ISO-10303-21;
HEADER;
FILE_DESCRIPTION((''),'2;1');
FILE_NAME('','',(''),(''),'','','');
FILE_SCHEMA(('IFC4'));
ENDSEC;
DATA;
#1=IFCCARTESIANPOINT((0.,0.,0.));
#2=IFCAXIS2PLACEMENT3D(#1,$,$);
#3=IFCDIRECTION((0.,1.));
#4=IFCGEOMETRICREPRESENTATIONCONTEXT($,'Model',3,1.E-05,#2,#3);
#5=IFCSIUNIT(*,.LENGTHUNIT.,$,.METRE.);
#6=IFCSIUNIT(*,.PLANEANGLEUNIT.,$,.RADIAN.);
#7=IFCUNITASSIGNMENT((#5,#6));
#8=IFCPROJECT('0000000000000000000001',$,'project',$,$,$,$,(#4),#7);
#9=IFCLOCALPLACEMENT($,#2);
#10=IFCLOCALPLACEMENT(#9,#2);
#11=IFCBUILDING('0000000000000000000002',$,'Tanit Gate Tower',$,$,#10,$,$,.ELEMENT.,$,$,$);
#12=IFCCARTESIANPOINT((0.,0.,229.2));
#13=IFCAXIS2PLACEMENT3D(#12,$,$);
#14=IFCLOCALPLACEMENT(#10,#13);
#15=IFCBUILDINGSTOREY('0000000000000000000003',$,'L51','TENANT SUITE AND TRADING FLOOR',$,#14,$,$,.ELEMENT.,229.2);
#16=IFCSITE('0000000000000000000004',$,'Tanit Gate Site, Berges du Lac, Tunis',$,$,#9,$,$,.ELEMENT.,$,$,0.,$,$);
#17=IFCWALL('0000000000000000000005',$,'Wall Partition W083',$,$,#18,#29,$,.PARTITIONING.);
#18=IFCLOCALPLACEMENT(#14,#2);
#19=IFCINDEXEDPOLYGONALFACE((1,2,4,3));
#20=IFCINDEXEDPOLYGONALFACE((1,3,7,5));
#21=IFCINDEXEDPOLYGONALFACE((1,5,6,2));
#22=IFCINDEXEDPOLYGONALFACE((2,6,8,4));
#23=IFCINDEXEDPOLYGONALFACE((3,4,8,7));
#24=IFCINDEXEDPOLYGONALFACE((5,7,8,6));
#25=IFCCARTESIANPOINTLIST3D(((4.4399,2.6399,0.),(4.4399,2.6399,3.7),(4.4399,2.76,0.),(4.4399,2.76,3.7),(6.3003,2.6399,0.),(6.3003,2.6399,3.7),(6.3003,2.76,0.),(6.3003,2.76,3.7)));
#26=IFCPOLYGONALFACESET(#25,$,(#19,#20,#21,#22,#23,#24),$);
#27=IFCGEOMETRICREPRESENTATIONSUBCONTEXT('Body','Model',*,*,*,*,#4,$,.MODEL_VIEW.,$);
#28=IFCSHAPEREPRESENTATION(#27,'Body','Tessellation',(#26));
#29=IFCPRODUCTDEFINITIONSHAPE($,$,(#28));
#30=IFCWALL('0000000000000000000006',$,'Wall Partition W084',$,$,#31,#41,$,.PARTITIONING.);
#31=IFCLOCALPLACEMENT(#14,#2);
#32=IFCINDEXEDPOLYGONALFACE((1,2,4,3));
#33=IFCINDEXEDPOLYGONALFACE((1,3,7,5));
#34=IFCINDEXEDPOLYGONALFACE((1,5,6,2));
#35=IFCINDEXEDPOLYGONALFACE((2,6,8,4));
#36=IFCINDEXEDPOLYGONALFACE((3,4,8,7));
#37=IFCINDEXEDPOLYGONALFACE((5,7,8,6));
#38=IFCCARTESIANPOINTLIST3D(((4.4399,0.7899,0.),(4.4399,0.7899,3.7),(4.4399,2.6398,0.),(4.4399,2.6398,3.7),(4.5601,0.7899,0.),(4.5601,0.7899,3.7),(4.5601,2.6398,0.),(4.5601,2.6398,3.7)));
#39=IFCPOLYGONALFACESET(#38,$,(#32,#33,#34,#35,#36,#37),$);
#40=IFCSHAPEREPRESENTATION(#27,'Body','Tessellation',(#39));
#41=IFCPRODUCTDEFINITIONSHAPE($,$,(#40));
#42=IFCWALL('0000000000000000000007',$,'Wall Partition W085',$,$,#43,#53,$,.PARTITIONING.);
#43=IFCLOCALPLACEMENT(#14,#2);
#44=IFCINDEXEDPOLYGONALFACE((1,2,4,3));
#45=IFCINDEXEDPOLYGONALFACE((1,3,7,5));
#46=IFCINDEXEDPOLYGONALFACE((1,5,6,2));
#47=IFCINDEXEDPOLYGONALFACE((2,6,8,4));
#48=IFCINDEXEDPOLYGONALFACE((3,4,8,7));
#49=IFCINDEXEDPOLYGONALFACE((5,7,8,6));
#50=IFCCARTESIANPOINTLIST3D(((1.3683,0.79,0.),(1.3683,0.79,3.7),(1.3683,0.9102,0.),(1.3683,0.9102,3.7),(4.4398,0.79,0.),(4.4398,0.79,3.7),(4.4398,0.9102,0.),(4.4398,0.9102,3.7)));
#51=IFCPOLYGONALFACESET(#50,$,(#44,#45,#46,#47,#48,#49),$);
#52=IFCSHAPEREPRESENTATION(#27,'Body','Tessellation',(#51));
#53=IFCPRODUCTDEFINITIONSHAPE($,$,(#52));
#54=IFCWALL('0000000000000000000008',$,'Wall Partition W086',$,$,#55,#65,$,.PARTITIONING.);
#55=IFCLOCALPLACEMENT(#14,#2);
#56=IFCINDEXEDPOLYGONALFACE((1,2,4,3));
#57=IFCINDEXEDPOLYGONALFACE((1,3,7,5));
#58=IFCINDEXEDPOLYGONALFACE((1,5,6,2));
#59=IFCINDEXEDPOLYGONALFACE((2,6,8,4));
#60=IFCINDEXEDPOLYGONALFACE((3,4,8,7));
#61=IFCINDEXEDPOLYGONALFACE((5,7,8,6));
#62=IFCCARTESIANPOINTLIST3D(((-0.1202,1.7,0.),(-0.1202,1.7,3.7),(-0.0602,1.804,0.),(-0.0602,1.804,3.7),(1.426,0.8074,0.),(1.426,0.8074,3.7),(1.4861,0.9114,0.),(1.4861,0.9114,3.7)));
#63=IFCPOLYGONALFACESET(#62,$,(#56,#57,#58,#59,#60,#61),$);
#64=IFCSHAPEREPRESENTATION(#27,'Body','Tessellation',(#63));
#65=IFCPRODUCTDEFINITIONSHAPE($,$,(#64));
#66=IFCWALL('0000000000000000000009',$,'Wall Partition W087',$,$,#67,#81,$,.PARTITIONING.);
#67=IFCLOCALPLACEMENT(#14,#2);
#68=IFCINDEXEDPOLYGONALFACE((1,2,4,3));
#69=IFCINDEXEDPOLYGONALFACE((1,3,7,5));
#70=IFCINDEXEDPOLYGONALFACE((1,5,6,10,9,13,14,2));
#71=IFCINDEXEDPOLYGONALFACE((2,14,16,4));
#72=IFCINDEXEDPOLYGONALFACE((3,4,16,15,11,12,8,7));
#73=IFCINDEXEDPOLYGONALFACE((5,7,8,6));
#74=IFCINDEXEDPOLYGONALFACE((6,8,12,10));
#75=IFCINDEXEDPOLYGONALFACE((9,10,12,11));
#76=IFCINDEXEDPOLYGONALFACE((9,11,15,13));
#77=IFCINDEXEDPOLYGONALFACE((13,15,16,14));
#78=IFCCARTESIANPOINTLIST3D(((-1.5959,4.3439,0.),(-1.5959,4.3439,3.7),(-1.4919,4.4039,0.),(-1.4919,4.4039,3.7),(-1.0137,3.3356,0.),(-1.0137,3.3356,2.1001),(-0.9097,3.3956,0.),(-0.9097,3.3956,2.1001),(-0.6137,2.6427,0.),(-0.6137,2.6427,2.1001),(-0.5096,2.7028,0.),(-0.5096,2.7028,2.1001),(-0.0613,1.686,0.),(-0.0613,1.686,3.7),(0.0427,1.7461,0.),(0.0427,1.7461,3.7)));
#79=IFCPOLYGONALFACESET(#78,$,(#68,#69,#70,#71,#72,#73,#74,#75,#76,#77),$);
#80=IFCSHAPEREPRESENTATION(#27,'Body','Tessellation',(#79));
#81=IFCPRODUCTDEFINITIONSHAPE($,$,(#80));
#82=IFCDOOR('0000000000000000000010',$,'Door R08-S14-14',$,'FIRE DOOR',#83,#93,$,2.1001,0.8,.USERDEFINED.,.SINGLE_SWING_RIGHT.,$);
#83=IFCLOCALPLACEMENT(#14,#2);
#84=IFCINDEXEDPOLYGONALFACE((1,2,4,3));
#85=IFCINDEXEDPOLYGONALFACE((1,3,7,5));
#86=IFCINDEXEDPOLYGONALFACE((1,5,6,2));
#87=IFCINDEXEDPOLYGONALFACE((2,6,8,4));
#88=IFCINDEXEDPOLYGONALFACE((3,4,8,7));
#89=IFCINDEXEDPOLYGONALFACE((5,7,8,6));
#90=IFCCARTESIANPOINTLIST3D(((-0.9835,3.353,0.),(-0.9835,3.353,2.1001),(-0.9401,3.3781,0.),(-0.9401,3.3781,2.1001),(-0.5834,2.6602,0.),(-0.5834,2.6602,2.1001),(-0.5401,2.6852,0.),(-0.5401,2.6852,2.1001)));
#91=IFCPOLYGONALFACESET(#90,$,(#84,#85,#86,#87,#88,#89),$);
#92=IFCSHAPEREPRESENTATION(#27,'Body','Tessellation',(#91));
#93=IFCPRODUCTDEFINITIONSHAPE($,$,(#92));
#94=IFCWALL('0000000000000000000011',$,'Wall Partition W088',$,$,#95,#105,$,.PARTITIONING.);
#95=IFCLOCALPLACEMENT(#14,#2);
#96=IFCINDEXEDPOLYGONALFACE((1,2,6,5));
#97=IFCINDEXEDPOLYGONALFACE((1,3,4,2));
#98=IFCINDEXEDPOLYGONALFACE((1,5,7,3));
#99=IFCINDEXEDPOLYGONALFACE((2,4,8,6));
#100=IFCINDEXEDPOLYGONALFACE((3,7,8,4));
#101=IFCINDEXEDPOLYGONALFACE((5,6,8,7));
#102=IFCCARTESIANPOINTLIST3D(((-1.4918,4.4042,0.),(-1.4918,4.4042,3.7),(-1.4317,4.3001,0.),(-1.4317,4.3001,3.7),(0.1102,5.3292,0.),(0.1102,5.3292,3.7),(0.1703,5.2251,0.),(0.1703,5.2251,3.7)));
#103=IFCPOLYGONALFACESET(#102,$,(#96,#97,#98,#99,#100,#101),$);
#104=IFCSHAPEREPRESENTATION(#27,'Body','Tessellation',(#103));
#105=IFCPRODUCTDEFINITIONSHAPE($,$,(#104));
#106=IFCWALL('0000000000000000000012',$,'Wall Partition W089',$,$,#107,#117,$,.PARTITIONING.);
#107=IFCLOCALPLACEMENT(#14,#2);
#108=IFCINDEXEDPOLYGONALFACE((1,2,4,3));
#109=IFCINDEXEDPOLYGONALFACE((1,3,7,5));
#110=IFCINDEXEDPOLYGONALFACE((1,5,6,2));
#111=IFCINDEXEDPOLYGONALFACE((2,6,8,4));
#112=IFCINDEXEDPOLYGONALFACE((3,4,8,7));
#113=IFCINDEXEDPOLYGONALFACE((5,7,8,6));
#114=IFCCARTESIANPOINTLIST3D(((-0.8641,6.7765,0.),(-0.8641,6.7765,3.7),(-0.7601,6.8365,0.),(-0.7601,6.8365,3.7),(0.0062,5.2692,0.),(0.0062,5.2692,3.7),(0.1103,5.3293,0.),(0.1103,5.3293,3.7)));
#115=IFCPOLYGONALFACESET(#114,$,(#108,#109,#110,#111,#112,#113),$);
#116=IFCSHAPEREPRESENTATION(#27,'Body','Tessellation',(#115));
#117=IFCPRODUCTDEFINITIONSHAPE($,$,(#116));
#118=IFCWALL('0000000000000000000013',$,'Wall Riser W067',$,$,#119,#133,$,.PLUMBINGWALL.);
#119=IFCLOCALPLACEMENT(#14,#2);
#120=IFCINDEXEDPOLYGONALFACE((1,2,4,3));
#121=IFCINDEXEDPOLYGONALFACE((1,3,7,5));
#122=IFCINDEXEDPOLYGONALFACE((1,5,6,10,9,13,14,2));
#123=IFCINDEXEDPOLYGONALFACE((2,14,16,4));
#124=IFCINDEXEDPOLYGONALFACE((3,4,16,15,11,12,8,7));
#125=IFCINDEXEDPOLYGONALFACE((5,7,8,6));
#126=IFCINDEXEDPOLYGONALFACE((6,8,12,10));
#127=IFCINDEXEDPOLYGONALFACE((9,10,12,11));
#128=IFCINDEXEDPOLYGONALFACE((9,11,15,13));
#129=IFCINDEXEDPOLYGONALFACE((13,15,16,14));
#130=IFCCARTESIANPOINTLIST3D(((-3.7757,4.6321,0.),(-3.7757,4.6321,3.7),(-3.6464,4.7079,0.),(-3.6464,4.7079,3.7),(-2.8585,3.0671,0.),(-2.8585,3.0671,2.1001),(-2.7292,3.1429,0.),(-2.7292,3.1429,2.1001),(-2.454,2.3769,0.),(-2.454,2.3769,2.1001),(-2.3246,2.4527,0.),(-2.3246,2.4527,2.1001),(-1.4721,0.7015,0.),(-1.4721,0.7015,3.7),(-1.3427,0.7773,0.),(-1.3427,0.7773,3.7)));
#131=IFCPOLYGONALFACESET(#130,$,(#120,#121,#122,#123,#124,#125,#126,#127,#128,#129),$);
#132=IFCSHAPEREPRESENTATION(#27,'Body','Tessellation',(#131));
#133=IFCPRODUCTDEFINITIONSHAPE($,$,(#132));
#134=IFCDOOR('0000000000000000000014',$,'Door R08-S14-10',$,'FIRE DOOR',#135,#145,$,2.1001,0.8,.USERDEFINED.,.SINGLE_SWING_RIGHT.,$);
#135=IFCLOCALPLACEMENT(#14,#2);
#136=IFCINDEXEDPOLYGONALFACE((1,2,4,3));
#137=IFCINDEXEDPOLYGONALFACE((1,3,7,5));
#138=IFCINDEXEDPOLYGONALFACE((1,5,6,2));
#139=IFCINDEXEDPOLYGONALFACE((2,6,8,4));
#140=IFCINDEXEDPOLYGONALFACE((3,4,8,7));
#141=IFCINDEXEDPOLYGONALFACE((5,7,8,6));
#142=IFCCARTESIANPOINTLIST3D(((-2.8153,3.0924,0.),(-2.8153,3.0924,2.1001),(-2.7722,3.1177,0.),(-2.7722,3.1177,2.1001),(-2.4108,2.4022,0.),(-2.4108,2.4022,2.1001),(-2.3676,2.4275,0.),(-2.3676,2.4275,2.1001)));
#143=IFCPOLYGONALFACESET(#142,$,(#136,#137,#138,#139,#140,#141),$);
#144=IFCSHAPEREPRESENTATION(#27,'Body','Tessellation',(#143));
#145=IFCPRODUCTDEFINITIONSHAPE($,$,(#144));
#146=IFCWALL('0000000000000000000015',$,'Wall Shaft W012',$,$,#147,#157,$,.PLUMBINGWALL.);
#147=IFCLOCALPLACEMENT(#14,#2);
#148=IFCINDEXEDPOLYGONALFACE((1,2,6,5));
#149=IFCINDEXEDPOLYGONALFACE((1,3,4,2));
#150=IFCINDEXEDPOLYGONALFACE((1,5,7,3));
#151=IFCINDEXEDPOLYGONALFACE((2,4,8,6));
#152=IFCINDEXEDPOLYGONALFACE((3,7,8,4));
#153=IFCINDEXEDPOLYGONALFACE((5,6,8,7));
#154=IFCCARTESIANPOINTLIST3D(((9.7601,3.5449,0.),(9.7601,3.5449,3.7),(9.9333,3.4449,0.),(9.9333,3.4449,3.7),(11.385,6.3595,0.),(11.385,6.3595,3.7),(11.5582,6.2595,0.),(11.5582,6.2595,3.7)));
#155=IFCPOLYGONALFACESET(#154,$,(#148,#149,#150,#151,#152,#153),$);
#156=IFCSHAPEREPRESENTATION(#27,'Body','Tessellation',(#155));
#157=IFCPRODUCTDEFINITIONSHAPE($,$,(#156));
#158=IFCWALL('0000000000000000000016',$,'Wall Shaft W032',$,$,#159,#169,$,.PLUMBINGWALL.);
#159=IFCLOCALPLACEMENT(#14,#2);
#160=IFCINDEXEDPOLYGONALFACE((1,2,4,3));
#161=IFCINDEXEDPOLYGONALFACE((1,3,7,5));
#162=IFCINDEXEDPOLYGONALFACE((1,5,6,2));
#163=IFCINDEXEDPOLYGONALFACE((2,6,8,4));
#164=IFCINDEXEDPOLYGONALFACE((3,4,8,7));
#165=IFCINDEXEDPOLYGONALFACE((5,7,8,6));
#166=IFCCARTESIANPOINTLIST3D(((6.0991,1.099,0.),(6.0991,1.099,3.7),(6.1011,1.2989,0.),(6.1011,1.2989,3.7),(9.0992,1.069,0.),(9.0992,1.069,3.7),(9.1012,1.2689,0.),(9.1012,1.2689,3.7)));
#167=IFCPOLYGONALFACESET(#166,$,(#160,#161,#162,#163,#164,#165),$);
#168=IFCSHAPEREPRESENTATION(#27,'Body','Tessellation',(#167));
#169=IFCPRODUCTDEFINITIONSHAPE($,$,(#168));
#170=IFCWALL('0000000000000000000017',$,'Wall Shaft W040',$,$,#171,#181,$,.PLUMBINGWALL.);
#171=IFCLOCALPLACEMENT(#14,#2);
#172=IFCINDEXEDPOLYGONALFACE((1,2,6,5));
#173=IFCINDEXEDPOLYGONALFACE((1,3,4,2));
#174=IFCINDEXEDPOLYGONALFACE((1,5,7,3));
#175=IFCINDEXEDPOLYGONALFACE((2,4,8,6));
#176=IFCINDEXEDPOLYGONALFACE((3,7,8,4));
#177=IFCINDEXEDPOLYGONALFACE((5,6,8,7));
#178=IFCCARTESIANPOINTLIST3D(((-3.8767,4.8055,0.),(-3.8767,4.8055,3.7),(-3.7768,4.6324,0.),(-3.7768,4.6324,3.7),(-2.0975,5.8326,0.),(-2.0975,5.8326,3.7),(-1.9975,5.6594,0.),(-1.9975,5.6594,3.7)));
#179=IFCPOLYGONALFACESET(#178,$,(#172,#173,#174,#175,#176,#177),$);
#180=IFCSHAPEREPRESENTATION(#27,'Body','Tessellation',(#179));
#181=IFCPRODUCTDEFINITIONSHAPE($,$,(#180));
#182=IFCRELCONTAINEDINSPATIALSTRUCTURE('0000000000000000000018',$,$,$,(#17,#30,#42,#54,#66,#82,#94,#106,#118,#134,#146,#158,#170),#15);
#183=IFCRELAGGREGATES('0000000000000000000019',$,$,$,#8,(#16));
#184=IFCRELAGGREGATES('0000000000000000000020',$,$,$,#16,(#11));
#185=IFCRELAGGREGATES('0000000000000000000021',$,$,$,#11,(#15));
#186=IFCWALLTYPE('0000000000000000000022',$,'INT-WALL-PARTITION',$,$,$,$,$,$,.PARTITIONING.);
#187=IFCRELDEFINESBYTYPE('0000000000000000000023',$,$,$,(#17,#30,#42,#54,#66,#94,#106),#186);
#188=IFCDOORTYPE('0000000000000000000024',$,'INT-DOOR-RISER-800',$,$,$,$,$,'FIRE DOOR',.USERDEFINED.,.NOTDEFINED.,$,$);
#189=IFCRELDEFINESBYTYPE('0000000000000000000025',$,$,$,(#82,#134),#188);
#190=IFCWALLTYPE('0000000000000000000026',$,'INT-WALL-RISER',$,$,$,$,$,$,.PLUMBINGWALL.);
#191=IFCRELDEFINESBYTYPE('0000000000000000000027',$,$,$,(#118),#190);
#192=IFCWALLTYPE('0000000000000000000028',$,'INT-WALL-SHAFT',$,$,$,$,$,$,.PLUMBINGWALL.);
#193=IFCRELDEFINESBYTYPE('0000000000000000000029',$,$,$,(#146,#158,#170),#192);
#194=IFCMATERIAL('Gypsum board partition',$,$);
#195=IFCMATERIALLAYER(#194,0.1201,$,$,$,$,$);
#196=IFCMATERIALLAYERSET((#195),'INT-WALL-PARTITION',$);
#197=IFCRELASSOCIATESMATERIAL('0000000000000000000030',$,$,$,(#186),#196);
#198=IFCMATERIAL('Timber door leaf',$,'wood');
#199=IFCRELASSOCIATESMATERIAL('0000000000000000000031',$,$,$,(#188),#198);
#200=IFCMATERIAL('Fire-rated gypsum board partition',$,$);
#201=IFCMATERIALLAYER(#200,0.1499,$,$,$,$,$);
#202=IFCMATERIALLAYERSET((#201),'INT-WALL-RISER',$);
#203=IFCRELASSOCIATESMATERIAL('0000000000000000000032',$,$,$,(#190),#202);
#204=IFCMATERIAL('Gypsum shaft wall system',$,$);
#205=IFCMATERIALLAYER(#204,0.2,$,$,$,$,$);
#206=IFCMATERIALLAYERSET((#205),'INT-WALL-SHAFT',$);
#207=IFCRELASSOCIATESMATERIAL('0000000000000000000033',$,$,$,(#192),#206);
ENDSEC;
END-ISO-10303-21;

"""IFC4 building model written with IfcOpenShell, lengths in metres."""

from ifc_helpers import new_model, si_unit, direction, frame, frame_2d, origin, place, context, subcontext, project, spatial, rectangle, extrude, material, layer, layer_set, type_object, element, fill, save


model = new_model("IFC4")

# Units and contexts
model_context = context("Model", 3, precision=1e-05, world=origin(), true_north=direction((0.0, 1.0)))
body_context = subcontext(model_context, "Body", "Model", "MODEL_VIEW")
ifc_project = project(units=[si_unit("LENGTHUNIT", "METRE"), si_unit("PLANEANGLEUNIT", "RADIAN")], contexts=[model_context])

# Site, building, storey
site_placement = place(None, origin())
site = spatial("IfcSite", under=ifc_project, at=site_placement, Name="Tanit Gate Site, Berges du Lac, Tunis", CompositionType="ELEMENT", RefElevation=0.0)
building_placement = place(site_placement, origin())
building = spatial("IfcBuilding", under=site, at=building_placement, Name="Tanit Gate Tower", CompositionType="ELEMENT")
storey_placement = place(building_placement, frame((0.0, 0.0, 229.2)))
storey = spatial("IfcBuildingStorey", under=building, at=storey_placement, Name="L51", Description="TENANT SUITE AND TRADING FLOOR", CompositionType="ELEMENT", Elevation=229.2)

# Shared definitions
ifc_material_1 = material(Name="Gypsum board partition")
ifc_layer_1 = layer(ifc_material_1, 0.1201)
ifc_layer_set_1 = layer_set([ifc_layer_1], Name="INT-WALL-PARTITION")
wall_type_1 = type_object("IfcWallType", Name="INT-WALL-PARTITION", PredefinedType="PARTITIONING", material=ifc_layer_set_1)

# Shared definitions
ifc_material_2 = material(Name="Timber door leaf", Category="wood")
door_type_1 = type_object("IfcDoorType", Name="INT-DOOR-RISER-800", ElementType="FIRE DOOR", OperationType="NOTDEFINED", PredefinedType="USERDEFINED", material=ifc_material_2)

# Walls
wall_1_placement = place(storey_placement, frame((4.4399, 2.7, 0.0), z_axis=(0.0, 0.0, 1.0), x_axis=(1.0, 0.0, 0.0)))
element("IfcWall", 1, at=wall_1_placement, inside=storey, type_object=wall_type_1, Name="Wall Partition W083", PredefinedType="PARTITIONING", context=body_context, shape_type="SweptSolid", body=[
    extrude(rectangle(XDim=1.8604, YDim=0.1201, at=frame_2d((0.9302, 0.0))), origin(), (0.0, 0.0, 1.0), 3.7),
])
wall_2_placement = place(storey_placement, frame((4.5, 0.79, 0.0), z_axis=(0.0, 0.0, 1.0), x_axis=(0.0, 1.0, 0.0)))
element("IfcWall", 2, at=wall_2_placement, inside=storey, type_object=wall_type_1, Name="Wall Partition W084", PredefinedType="PARTITIONING", context=body_context, shape_type="SweptSolid", body=[
    extrude(rectangle(XDim=1.8499, YDim=0.1201, at=frame_2d((0.9248, 0.0))), origin(), (0.0, 0.0, 1.0), 3.7),
])
wall_3_placement = place(storey_placement, frame((1.3684, 0.8501, 0.0), z_axis=(0.0, 0.0, 1.0), x_axis=(1.0, 0.0, 0.0)))
element("IfcWall", 3, at=wall_3_placement, inside=storey, type_object=wall_type_1, Name="Wall Partition W085", PredefinedType="PARTITIONING", context=body_context, shape_type="SweptSolid", body=[
    extrude(rectangle(XDim=3.0715, YDim=0.1201, at=frame_2d((1.5356, 0.0))), origin(), (0.0, 0.0, 1.0), 3.7),
])
wall_4_placement = place(storey_placement, frame((-0.0901, 1.752, 0.0), z_axis=(0.0, 0.0, 1.0), x_axis=(0.866047, -0.499963, 0.0)))
element("IfcWall", 4, at=wall_4_placement, inside=storey, type_object=wall_type_1, Name="Wall Partition W086", PredefinedType="PARTITIONING", context=body_context, shape_type="SweptSolid", body=[
    extrude(rectangle(XDim=1.7854, YDim=0.1201, at=frame_2d((0.8926, 0.0))), origin(), (0.0, 0.0, 1.0), 3.7),
])

# Wall, opening, door
wall_5_placement = place(storey_placement, frame((-1.5439, 4.374, 0.0), z_axis=(0.0, 0.0, 1.0), x_axis=(0.500023, -0.866012, 0.0)))
wall_5 = element("IfcWall", 5, at=wall_5_placement, inside=storey, type_object=wall_type_1, Name="Wall Partition W087", PredefinedType="PARTITIONING", context=body_context, shape_type="SweptSolid", body=[
    extrude(rectangle(XDim=3.0691, YDim=0.1201, at=frame_2d((1.5347, 0.0))), origin(), (0.0, 0.0, 1.0), 3.7),
])
opening_1_placement = place(wall_5_placement, frame((1.1646, 0.0, 0.0)))
opening_1 = element("IfcOpeningElement", 6, at=opening_1_placement, cuts=wall_5, PredefinedType="OPENING", context=body_context, shape_type="SweptSolid", body=[
    extrude(rectangle(XDim=0.8, YDim=2.1001, at=frame_2d((0.3999, 1.05))), frame((0.0, 0.0701, 0.0), z_axis=(0.0, -1.0, 0.0), x_axis=(1.0, 0.0, 0.0)), (0.0, 0.0, 1.0), 0.1401),
])
door_1_placement = place(opening_1_placement, origin())
door_1 = element("IfcDoor", 7, at=door_1_placement, inside=storey, type_object=door_type_1, Name="Door R08-S14-14", ObjectType="FIRE DOOR", OperationType="SINGLE_SWING_RIGHT", OverallHeight=2.1001, OverallWidth=0.8, PredefinedType="USERDEFINED", context=body_context, shape_type="SweptSolid", body=[
    extrude(rectangle(XDim=0.8, YDim=2.1001, at=frame_2d((0.3999, 1.05))), frame((0.0, 0.0249, 0.0), z_axis=(0.0, -1.0, 0.0), x_axis=(1.0, 0.0, 0.0)), (0.0, 0.0, 1.0), 0.05),
])
fill(opening_1, door_1)

# Walls
wall_6_placement = place(storey_placement, frame((0.1401, 5.2771, 0.0), z_axis=(0.0, 0.0, 1.0), x_axis=(-0.866001, -0.500042, 0.0)))
element("IfcWall", 8, at=wall_6_placement, inside=storey, type_object=wall_type_1, Name="Wall Partition W088", PredefinedType="PARTITIONING", context=body_context, shape_type="SweptSolid", body=[
    extrude(rectangle(XDim=1.8499, YDim=0.1201, at=frame_2d((0.9248, 0.0))), origin(), (0.0, 0.0, 1.0), 3.7),
])
wall_7_placement = place(storey_placement, frame((-0.812, 6.8064, 0.0), z_axis=(0.0, 0.0, 1.0), x_axis=(0.500046, -0.865999, 0.0)))
element("IfcWall", 9, at=wall_7_placement, inside=storey, type_object=wall_type_1, Name="Wall Partition W089", PredefinedType="PARTITIONING", context=body_context, shape_type="SweptSolid", body=[
    extrude(rectangle(XDim=1.7405, YDim=0.1201, at=frame_2d((0.8701, 0.0))), origin(), (0.0, 0.0, 1.0), 3.7),
])

# Wall, opening, door
ifc_material_3 = material(Name="Fire-rated gypsum board partition")
ifc_layer_2 = layer(ifc_material_3, 0.1499)
ifc_layer_set_2 = layer_set([ifc_layer_2], Name="INT-WALL-RISER")
wall_type_2 = type_object("IfcWallType", Name="INT-WALL-RISER", PredefinedType="PLUMBINGWALL", material=ifc_layer_set_2)
wall_8_placement = place(storey_placement, frame((-1.4075, 0.7395, 0.0), z_axis=(0.0, 0.0, 1.0), x_axis=(-0.505642, 0.862743, 0.0)))
wall_8 = element("IfcWall", 10, at=wall_8_placement, inside=storey, type_object=wall_type_2, Name="Wall Riser W067", PredefinedType="PLUMBINGWALL", context=body_context, shape_type="SweptSolid", body=[
    extrude(rectangle(XDim=4.5559, YDim=0.1499, at=frame_2d((2.2778, 0.0))), origin(), (0.0, 0.0, 1.0), 3.7),
])
opening_2_placement = place(wall_8_placement, frame((1.9419, 0.0, 0.0)))
opening_2 = element("IfcOpeningElement", 11, at=opening_2_placement, cuts=wall_8, PredefinedType="OPENING", context=body_context, shape_type="SweptSolid", body=[
    extrude(rectangle(XDim=0.8, YDim=2.1001, at=frame_2d((0.3999, 1.05))), frame((0.0, 0.085, 0.0), z_axis=(0.0, -1.0, 0.0), x_axis=(1.0, 0.0, 0.0)), (0.0, 0.0, 1.0), 0.1699),
])
door_2_placement = place(opening_2_placement, origin())
door_2 = element("IfcDoor", 12, at=door_2_placement, inside=storey, type_object=door_type_1, Name="Door R08-S14-10", ObjectType="FIRE DOOR", OperationType="SINGLE_SWING_RIGHT", OverallHeight=2.1001, OverallWidth=0.8, PredefinedType="USERDEFINED", context=body_context, shape_type="SweptSolid", body=[
    extrude(rectangle(XDim=0.8, YDim=2.1001, at=frame_2d((0.3999, 1.05))), frame((0.0, 0.0249, 0.0), z_axis=(0.0, -1.0, 0.0), x_axis=(1.0, 0.0, 0.0)), (0.0, 0.0, 1.0), 0.05),
])
fill(opening_2, door_2)

# Wall
ifc_material_4 = material(Name="Gypsum shaft wall system")
ifc_layer_3 = layer(ifc_material_4, 0.2)
ifc_layer_set_3 = layer_set([ifc_layer_3], Name="INT-WALL-SHAFT")
wall_type_3 = type_object("IfcWallType", Name="INT-WALL-SHAFT", PredefinedType="PLUMBINGWALL", material=ifc_layer_set_3)
wall_9_placement = place(storey_placement, frame((9.8467, 3.4949, 0.0), z_axis=(0.0, 0.0, 1.0), x_axis=(0.499985, 0.866034, 0.0)))
element("IfcWall", 13, at=wall_9_placement, inside=storey, type_object=wall_type_3, Name="Wall Shaft W012", PredefinedType="PLUMBINGWALL", context=body_context, shape_type="SweptSolid", body=[
    extrude(rectangle(XDim=3.25, YDim=0.2, at=frame_2d((1.625, 0.0))), origin(), (0.0, 0.0, 1.0), 3.7),
])

# Walls
wall_10_placement = place(storey_placement, frame((9.1001, 1.1689, 0.0), z_axis=(0.0, 0.0, 1.0), x_axis=(-0.99995, 0.010009, 0.0)))
element("IfcWall", 14, at=wall_10_placement, inside=storey, type_object=wall_type_3, Name="Wall Shaft W032", PredefinedType="PLUMBINGWALL", context=body_context, shape_type="SweptSolid", body=[
    extrude(rectangle(XDim=3.0002, YDim=0.2, at=frame_2d((1.5, 0.0))), origin(), (0.0, 0.0, 1.0), 3.7),
])
wall_11_placement = place(storey_placement, frame((-2.0474, 5.7461, 0.0), z_axis=(0.0, 0.0, 1.0), x_axis=(-0.866063, -0.499935, 0.0)))
element("IfcWall", 15, at=wall_11_placement, inside=storey, type_object=wall_type_3, Name="Wall Shaft W040", PredefinedType="PLUMBINGWALL", context=body_context, shape_type="SweptSolid", body=[
    extrude(rectangle(XDim=2.0544, YDim=0.2, at=frame_2d((1.0273, 0.0))), origin(), (0.0, 0.0, 1.0), 3.7),
])

save(model, "model.ifc")
